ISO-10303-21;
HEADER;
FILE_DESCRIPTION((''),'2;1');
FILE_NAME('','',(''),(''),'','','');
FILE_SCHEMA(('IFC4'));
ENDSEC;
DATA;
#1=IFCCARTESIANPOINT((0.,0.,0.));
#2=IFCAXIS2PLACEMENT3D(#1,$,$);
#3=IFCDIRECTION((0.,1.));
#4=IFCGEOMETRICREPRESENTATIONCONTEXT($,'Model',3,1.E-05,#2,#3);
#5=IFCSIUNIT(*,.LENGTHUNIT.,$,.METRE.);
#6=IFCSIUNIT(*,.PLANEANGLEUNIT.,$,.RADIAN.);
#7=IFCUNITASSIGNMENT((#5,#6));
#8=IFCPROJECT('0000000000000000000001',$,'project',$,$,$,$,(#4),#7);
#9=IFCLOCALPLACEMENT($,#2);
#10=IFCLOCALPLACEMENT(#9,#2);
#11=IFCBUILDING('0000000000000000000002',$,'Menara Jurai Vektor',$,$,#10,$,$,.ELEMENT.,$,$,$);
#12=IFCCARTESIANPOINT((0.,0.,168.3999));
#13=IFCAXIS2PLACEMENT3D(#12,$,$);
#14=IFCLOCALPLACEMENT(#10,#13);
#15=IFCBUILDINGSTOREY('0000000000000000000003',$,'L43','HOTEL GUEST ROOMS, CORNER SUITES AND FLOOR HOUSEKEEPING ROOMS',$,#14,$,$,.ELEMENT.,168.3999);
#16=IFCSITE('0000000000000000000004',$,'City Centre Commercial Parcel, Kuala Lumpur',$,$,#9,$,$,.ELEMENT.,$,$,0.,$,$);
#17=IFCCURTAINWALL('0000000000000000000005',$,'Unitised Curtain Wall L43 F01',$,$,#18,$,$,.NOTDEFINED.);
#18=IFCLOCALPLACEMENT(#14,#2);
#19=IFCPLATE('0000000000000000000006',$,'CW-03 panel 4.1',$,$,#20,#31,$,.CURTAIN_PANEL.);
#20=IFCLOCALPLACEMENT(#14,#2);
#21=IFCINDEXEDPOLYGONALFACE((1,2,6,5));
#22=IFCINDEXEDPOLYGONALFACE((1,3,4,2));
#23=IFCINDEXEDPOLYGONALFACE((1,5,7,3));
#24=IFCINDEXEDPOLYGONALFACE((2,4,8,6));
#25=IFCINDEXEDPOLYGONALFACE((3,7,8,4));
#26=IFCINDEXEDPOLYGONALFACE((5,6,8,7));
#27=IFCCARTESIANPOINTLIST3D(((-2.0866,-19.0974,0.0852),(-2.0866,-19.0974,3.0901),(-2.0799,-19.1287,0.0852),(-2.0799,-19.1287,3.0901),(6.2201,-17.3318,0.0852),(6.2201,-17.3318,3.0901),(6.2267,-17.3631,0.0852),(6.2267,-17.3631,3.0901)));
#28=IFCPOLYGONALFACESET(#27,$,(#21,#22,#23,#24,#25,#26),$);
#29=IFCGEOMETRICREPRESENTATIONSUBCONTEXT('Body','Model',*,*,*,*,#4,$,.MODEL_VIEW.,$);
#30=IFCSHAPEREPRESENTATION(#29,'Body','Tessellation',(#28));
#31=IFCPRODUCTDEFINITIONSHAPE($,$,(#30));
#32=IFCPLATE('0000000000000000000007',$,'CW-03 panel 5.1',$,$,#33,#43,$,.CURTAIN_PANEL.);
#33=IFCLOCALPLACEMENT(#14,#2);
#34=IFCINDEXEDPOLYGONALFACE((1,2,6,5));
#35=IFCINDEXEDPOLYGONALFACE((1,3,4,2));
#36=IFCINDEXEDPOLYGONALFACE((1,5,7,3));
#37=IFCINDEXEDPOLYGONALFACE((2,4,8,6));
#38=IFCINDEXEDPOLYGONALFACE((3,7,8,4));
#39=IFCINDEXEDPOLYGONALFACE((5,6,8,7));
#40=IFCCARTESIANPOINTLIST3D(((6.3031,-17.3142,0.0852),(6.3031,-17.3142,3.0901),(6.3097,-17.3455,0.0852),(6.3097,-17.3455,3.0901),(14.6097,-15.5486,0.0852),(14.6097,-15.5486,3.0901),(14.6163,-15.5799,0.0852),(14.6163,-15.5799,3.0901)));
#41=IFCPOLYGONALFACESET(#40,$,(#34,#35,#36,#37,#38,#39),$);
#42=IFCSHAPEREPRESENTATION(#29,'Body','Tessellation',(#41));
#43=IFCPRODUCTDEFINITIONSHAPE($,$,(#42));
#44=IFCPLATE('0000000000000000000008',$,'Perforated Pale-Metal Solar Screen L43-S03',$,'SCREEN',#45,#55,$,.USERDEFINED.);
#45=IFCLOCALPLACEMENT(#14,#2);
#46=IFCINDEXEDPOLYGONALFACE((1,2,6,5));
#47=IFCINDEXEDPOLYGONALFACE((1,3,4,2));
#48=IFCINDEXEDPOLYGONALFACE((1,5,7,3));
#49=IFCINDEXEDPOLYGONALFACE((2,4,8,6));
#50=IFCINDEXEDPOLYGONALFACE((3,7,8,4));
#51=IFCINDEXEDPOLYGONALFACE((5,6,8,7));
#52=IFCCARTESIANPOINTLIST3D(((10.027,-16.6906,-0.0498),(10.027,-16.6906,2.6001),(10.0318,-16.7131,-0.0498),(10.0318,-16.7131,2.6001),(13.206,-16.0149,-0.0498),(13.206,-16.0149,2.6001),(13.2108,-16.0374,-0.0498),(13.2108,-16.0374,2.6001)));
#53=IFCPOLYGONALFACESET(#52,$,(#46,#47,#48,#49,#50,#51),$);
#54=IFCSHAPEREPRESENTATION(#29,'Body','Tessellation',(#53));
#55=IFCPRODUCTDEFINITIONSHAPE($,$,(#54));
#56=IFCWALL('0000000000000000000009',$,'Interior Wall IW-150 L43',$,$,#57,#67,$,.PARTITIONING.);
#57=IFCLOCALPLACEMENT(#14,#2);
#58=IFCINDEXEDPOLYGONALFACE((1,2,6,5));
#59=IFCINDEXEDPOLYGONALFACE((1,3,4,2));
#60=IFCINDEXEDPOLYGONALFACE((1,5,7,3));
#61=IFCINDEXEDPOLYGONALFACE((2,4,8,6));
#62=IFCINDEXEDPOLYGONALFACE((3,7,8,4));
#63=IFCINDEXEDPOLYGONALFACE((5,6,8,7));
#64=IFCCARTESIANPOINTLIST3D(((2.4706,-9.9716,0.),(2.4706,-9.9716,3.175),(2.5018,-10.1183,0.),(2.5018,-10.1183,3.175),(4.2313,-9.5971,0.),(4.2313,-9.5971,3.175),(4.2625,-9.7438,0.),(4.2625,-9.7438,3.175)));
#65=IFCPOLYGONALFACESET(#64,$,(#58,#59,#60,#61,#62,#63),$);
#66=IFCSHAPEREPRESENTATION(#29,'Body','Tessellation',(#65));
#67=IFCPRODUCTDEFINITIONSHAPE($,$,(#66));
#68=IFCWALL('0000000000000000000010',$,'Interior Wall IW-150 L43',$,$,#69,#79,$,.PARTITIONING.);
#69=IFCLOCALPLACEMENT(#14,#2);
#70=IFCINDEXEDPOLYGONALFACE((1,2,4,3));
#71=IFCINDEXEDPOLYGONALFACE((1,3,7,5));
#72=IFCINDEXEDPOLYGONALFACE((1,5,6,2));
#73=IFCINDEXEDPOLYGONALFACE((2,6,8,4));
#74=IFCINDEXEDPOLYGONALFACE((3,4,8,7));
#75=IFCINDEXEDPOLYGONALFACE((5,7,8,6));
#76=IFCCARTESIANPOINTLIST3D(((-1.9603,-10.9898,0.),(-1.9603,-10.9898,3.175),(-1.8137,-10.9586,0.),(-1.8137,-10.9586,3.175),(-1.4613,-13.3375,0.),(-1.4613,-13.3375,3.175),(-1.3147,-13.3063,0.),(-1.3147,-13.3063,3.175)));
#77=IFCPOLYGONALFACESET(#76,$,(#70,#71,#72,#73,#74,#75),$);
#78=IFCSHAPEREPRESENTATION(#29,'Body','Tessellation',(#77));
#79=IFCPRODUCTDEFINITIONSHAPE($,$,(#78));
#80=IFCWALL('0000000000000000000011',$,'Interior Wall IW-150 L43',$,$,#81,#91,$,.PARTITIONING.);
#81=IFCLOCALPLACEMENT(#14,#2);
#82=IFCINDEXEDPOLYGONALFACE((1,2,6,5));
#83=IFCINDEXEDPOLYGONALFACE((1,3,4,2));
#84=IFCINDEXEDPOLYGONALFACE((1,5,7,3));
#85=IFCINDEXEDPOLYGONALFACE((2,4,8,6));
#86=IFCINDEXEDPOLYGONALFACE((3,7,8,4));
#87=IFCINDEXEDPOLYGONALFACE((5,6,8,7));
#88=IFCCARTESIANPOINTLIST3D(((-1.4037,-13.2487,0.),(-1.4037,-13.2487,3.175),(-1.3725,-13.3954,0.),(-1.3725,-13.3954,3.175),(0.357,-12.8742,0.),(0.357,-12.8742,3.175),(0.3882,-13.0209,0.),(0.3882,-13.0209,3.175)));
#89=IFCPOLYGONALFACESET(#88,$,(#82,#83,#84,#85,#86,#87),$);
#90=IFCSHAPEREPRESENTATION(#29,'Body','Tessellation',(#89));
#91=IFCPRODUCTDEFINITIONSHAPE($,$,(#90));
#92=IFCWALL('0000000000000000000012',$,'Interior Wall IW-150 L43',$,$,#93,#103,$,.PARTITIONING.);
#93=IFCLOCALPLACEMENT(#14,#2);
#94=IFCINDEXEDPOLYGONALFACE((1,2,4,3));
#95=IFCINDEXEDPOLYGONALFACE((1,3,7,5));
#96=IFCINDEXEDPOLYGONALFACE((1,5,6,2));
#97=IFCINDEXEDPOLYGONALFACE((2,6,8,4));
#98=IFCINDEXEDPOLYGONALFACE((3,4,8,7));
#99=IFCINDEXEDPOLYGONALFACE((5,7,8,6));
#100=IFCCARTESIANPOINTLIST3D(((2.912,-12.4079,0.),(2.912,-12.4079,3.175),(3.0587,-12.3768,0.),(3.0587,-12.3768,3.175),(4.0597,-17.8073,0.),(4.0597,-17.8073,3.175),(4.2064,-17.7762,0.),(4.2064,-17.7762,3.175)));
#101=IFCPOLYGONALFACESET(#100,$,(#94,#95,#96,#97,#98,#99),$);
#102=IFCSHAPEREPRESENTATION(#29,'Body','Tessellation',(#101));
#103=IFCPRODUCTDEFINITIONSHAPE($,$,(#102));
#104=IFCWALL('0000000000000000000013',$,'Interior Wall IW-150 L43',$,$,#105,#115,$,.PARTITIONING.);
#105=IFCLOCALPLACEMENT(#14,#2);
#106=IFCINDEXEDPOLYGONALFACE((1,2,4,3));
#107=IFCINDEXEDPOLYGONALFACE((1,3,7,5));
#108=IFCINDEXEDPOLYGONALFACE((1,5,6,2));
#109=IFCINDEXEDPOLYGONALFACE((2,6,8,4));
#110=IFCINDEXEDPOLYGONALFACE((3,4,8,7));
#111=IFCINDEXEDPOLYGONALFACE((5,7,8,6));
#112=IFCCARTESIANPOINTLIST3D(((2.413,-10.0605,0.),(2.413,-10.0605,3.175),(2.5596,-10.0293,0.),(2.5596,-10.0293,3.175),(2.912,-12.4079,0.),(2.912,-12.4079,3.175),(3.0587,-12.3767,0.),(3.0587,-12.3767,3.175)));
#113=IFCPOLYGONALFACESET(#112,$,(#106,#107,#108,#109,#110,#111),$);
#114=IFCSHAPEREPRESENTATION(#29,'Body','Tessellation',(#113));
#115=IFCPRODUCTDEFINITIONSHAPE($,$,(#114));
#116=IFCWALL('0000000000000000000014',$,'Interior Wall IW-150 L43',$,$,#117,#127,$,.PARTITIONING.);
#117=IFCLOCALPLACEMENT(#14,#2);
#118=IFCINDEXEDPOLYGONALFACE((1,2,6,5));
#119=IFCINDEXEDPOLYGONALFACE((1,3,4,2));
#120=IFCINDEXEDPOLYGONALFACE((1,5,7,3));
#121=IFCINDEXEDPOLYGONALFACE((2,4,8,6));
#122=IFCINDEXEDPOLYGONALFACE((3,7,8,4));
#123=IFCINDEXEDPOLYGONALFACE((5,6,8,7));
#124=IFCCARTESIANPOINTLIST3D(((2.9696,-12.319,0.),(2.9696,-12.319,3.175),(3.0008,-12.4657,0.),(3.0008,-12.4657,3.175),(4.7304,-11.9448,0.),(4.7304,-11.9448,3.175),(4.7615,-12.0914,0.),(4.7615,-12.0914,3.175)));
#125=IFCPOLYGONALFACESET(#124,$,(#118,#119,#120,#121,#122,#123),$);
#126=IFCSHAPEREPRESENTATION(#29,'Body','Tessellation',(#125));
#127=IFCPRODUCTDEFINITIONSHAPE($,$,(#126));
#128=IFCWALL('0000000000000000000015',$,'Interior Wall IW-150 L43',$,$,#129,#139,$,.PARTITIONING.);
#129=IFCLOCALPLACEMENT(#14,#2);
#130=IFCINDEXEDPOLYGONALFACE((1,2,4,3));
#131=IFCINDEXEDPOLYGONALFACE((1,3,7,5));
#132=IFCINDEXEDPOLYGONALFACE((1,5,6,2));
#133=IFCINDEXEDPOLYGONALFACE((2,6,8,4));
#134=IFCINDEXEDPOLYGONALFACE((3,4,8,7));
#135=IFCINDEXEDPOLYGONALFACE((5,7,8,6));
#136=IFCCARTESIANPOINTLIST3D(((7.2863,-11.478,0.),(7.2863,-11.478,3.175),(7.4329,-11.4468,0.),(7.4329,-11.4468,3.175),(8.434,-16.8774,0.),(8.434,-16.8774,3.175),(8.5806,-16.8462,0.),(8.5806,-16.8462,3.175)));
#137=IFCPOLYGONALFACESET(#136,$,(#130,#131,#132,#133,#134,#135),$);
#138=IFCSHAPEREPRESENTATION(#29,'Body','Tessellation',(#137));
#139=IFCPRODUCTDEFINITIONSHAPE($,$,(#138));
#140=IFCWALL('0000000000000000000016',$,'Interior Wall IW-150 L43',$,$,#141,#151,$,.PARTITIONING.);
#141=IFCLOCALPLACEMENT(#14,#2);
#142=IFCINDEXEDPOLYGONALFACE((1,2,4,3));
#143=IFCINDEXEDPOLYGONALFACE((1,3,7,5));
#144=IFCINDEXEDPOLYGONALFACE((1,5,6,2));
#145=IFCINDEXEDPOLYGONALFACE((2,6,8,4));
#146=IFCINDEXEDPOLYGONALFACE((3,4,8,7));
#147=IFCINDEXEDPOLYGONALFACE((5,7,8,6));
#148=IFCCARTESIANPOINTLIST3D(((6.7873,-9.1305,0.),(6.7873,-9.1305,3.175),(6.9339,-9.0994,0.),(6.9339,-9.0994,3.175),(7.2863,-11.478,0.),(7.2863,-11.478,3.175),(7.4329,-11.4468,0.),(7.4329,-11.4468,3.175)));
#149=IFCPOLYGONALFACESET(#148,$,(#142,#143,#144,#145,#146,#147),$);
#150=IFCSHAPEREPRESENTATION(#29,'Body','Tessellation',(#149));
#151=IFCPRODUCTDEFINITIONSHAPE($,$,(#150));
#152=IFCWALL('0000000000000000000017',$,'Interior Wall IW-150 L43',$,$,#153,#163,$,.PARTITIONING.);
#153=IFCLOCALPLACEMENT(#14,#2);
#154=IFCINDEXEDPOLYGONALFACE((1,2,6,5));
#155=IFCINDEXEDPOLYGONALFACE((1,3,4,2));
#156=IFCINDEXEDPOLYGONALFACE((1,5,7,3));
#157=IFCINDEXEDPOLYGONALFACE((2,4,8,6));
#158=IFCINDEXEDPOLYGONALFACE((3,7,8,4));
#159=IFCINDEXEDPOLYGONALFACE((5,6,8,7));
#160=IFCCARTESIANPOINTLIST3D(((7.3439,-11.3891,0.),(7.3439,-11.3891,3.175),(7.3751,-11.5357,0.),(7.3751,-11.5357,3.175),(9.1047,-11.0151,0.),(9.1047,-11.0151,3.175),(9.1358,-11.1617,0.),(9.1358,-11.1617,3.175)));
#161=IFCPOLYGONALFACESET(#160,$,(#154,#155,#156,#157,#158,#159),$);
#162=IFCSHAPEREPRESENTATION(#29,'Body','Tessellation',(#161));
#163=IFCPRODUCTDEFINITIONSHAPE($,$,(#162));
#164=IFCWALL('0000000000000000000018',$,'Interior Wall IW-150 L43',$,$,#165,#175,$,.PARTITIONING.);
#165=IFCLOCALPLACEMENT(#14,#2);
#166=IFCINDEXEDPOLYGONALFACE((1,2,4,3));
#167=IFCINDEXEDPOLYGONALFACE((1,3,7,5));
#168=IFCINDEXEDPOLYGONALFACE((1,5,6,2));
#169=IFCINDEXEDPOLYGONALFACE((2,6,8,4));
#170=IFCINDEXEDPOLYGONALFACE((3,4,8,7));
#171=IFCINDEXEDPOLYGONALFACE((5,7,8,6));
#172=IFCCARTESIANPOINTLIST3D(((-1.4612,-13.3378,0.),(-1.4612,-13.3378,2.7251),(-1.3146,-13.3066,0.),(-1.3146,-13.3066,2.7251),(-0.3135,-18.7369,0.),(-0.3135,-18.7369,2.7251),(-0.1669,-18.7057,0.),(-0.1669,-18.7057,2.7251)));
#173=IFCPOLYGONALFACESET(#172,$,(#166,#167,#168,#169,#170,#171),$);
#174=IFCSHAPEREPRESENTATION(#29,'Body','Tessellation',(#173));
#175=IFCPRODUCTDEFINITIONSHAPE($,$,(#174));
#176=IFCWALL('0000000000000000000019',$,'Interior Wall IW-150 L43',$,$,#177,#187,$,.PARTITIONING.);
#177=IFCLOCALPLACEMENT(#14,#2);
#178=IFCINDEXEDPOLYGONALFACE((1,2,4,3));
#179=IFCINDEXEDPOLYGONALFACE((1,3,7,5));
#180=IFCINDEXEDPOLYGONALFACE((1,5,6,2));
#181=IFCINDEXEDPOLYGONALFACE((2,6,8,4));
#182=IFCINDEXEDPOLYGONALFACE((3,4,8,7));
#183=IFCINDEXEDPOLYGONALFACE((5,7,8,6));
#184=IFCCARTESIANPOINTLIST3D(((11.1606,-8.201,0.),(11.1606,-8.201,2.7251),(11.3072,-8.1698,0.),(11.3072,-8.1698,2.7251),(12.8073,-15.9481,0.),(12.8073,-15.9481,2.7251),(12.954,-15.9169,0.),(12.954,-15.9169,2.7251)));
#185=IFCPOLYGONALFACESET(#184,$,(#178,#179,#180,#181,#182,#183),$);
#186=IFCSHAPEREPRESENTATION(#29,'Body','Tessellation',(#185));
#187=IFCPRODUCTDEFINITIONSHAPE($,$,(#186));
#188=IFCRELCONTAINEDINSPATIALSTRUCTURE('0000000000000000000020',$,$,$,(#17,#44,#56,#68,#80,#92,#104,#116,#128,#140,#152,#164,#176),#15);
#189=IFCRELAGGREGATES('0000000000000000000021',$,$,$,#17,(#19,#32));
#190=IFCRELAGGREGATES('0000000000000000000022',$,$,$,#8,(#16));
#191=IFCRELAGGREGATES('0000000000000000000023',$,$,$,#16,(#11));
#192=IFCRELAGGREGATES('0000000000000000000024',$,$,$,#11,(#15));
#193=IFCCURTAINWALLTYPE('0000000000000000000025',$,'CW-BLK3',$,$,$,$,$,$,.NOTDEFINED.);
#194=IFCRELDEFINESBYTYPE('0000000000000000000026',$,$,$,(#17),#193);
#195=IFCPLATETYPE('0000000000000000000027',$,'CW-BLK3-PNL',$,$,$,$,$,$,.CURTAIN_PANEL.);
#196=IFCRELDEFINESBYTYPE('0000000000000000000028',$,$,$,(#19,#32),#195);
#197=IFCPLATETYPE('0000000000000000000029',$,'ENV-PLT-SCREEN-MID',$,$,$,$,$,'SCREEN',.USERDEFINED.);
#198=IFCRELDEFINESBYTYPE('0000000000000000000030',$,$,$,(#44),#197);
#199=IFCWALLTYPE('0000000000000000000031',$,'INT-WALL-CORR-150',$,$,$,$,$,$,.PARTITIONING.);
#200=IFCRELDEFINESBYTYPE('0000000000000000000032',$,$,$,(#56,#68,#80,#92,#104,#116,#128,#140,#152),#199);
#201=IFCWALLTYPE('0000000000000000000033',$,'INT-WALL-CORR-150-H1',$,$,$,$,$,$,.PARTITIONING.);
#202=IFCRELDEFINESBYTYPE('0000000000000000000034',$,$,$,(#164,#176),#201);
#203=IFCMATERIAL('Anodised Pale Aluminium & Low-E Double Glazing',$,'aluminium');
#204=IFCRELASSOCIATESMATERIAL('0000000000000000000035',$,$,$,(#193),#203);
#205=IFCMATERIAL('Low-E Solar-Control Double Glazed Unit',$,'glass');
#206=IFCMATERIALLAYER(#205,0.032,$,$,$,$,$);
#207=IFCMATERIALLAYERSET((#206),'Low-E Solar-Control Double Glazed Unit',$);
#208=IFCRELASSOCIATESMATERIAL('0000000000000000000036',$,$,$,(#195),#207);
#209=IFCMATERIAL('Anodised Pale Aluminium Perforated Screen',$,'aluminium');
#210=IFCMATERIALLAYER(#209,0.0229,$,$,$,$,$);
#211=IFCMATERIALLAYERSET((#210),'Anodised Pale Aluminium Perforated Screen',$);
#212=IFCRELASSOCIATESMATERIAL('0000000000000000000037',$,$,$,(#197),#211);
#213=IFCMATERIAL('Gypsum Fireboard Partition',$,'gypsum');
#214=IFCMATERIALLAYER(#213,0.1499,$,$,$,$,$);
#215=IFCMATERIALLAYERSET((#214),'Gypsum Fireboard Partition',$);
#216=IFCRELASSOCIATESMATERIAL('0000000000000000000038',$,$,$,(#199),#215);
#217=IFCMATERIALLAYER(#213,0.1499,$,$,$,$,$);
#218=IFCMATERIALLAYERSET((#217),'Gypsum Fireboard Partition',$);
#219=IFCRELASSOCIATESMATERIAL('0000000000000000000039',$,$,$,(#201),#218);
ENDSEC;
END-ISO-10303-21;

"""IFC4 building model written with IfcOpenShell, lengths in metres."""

from ifc_helpers import new_model, si_unit, direction, frame, frame_2d, origin, origin_2d, place, context, subcontext, project, spatial, rectangle, extrude, material, layer, layer_set, type_object, element, aggregate, save


model = new_model("IFC4")

# Units and contexts
model_context = context("Model", 3, precision=1e-05, world=origin(), true_north=direction((0.0, 1.0)))
body_context = subcontext(model_context, "Body", "Model", "MODEL_VIEW")
ifc_project = project(units=[si_unit("LENGTHUNIT", "METRE"), si_unit("PLANEANGLEUNIT", "RADIAN")], contexts=[model_context])

# Site, building, storey
site_placement = place(None, origin())
site = spatial("IfcSite", under=ifc_project, at=site_placement, Name="City Centre Commercial Parcel, Kuala Lumpur", CompositionType="ELEMENT", RefElevation=0.0)
building_placement = place(site_placement, origin())
building = spatial("IfcBuilding", under=site, at=building_placement, Name="Menara Jurai Vektor", CompositionType="ELEMENT")
storey_placement = place(building_placement, frame((0.0, 0.0, 168.3999)))
storey = spatial("IfcBuildingStorey", under=building, at=storey_placement, Name="L43", Description="HOTEL GUEST ROOMS, CORNER SUITES AND FLOOR HOUSEKEEPING ROOMS", CompositionType="ELEMENT", Elevation=168.3999)

# Curtain wall
ifc_material_1 = material(Name="Anodised Pale Aluminium & Low-E Double Glazing", Category="aluminium")
curtain_wall_type = type_object("IfcCurtainWallType", Name="CW-BLK3", PredefinedType="NOTDEFINED", material=ifc_material_1)
curtain_wall_placement = place(storey_placement, origin())
curtain_wall = element("IfcCurtainWall", 1, at=curtain_wall_placement, inside=storey, type_object=curtain_wall_type, Name="Unitised Curtain Wall L43 F01", PredefinedType="NOTDEFINED")

# Plates
ifc_material_2 = material(Name="Low-E Solar-Control Double Glazed Unit", Category="glass")
ifc_layer_1 = layer(ifc_material_2, 0.032)
ifc_layer_set_1 = layer_set([ifc_layer_1], Name="Low-E Solar-Control Double Glazed Unit")
plate_type_1 = type_object("IfcPlateType", Name="CW-BLK3-PNL", PredefinedType="CURTAIN_PANEL", material=ifc_layer_set_1)
plate_1_placement = place(storey_placement, frame((2.0701, -18.2302, 0.0852), z_axis=(0.0, 0.0, 1.0), x_axis=(0.978148, 0.207911, 0.0)))
plate_1 = element("IfcPlate", 2, at=plate_1_placement, type_object=plate_type_1, Name="CW-03 panel 4.1", PredefinedType="CURTAIN_PANEL", context=body_context, shape_type="SweptSolid", body=[
    extrude(rectangle(XDim=8.4922, YDim=0.032, at=origin_2d()), origin(), (0.0, 0.0, 1.0), 3.0049),
])
plate_2_placement = place(storey_placement, frame((10.4597, -16.447, 0.0852), z_axis=(0.0, 0.0, 1.0), x_axis=(0.978148, 0.207911, 0.0)))
plate_2 = element("IfcPlate", 3, at=plate_2_placement, type_object=plate_type_1, Name="CW-03 panel 5.1", PredefinedType="CURTAIN_PANEL", context=body_context, shape_type="SweptSolid", body=[
    extrude(rectangle(XDim=8.4922, YDim=0.032, at=origin_2d()), origin(), (0.0, 0.0, 1.0), 3.0049),
])
aggregate(curtain_wall, [plate_1, plate_2])
ifc_material_3 = material(Name="Anodised Pale Aluminium Perforated Screen", Category="aluminium")
ifc_layer_2 = layer(ifc_material_3, 0.0229)
ifc_layer_set_2 = layer_set([ifc_layer_2], Name="Anodised Pale Aluminium Perforated Screen")
plate_type_2 = type_object("IfcPlateType", Name="ENV-PLT-SCREEN-MID", ElementType="SCREEN", PredefinedType="USERDEFINED", material=ifc_layer_set_2)
plate_3_placement = place(storey_placement, frame((11.6189, -16.364, -0.0498), z_axis=(0.0, 0.0, 1.0), x_axis=(0.978148, 0.207912, 0.0)))
element("IfcPlate", 4, at=plate_3_placement, inside=storey, type_object=plate_type_2, Name="Perforated Pale-Metal Solar Screen L43-S03", ObjectType="SCREEN", PredefinedType="USERDEFINED", context=body_context, shape_type="SweptSolid", body=[
    extrude(rectangle(XDim=3.25, YDim=0.0229, at=origin_2d()), origin(), (0.0, 0.0, 1.0), 2.6499),
])

# Shared definitions
ifc_material_4 = material(Name="Gypsum Fireboard Partition", Category="gypsum")
ifc_layer_3 = layer(ifc_material_4, 0.1499)
ifc_layer_set_3 = layer_set([ifc_layer_3], Name="Gypsum Fireboard Partition")
wall_type_1 = type_object("IfcWallType", Name="INT-WALL-CORR-150", PredefinedType="PARTITIONING", material=ifc_layer_set_3)

# Walls
wall_1_placement = place(storey_placement, frame((2.4863, -10.0449, 0.0), z_axis=(0.0, 0.0, 1.0), x_axis=(0.978119, 0.208047, 0.0)))
element("IfcWall", 5, at=wall_1_placement, inside=storey, type_object=wall_type_1, Name="Interior Wall IW-150 L43", PredefinedType="PARTITIONING", context=body_context, shape_type="SweptSolid", body=[
    extrude(rectangle(XDim=1.8, YDim=0.1499, at=frame_2d((0.8999, 0.0))), origin(), (0.0, 0.0, 1.0), 3.175),
])
wall_2_placement = place(storey_placement, frame((-1.3879, -13.322, 0.0), z_axis=(0.0, 0.0, 1.0), x_axis=(-0.207917, 0.978146, 0.0)))
element("IfcWall", 6, at=wall_2_placement, inside=storey, type_object=wall_type_1, Name="Interior Wall IW-150 L43", PredefinedType="PARTITIONING", context=body_context, shape_type="SweptSolid", body=[
    extrude(rectangle(XDim=2.4001, YDim=0.1499, at=frame_2d((1.2002, 0.0))), origin(), (0.0, 0.0, 1.0), 3.175),
])
wall_3_placement = place(storey_placement, frame((-1.3879, -13.322, 0.0), z_axis=(0.0, 0.0, 1.0), x_axis=(0.978119, 0.208047, 0.0)))
element("IfcWall", 7, at=wall_3_placement, inside=storey, type_object=wall_type_1, Name="Interior Wall IW-150 L43", PredefinedType="PARTITIONING", context=body_context, shape_type="SweptSolid", body=[
    extrude(rectangle(XDim=1.8, YDim=0.1499, at=frame_2d((0.8999, 0.0))), origin(), (0.0, 0.0, 1.0), 3.175),
])

# Walls
wall_4_placement = place(storey_placement, frame((4.1331, -17.7917, 0.0), z_axis=(0.0, 0.0, 1.0), x_axis=(-0.207916, 0.978147, 0.0)))
element("IfcWall", 8, at=wall_4_placement, inside=storey, type_object=wall_type_1, Name="Interior Wall IW-150 L43", PredefinedType="PARTITIONING", context=body_context, shape_type="SweptSolid", body=[
    extrude(rectangle(XDim=5.52, YDim=0.1499, at=frame_2d((2.76, 0.0))), origin(), (0.0, 0.0, 1.0), 3.175),
])
wall_5_placement = place(storey_placement, frame((2.9854, -12.3923, 0.0), z_axis=(0.0, 0.0, 1.0), x_axis=(-0.207938, 0.978142, 0.0)))
element("IfcWall", 9, at=wall_5_placement, inside=storey, type_object=wall_type_1, Name="Interior Wall IW-150 L43", PredefinedType="PARTITIONING", context=body_context, shape_type="SweptSolid", body=[
    extrude(rectangle(XDim=2.3999, YDim=0.1499, at=frame_2d((1.2, 0.0))), origin(), (0.0, 0.0, 1.0), 3.175),
])
wall_6_placement = place(storey_placement, frame((2.9854, -12.3923, 0.0), z_axis=(0.0, 0.0, 1.0), x_axis=(0.978146, 0.207917, 0.0)))
element("IfcWall", 10, at=wall_6_placement, inside=storey, type_object=wall_type_1, Name="Interior Wall IW-150 L43", PredefinedType="PARTITIONING", context=body_context, shape_type="SweptSolid", body=[
    extrude(rectangle(XDim=1.8, YDim=0.1499, at=frame_2d((0.8999, 0.0))), origin(), (0.0, 0.0, 1.0), 3.175),
])

# Walls
wall_7_placement = place(storey_placement, frame((8.5073, -16.8618, 0.0), z_axis=(0.0, 0.0, 1.0), x_axis=(-0.207916, 0.978147, 0.0)))
element("IfcWall", 11, at=wall_7_placement, inside=storey, type_object=wall_type_1, Name="Interior Wall IW-150 L43", PredefinedType="PARTITIONING", context=body_context, shape_type="SweptSolid", body=[
    extrude(rectangle(XDim=5.52, YDim=0.1499, at=frame_2d((2.76, 0.0))), origin(), (0.0, 0.0, 1.0), 3.175),
])
wall_8_placement = place(storey_placement, frame((7.3596, -11.4624, 0.0), z_axis=(0.0, 0.0, 1.0), x_axis=(-0.207938, 0.978142, 0.0)))
element("IfcWall", 12, at=wall_8_placement, inside=storey, type_object=wall_type_1, Name="Interior Wall IW-150 L43", PredefinedType="PARTITIONING", context=body_context, shape_type="SweptSolid", body=[
    extrude(rectangle(XDim=2.3999, YDim=0.1499, at=frame_2d((1.2, 0.0))), origin(), (0.0, 0.0, 1.0), 3.175),
])
wall_9_placement = place(storey_placement, frame((7.3596, -11.4624, 0.0), z_axis=(0.0, 0.0, 1.0), x_axis=(0.978174, 0.207787, 0.0)))
element("IfcWall", 13, at=wall_9_placement, inside=storey, type_object=wall_type_1, Name="Interior Wall IW-150 L43", PredefinedType="PARTITIONING", context=body_context, shape_type="SweptSolid", body=[
    extrude(rectangle(XDim=1.8, YDim=0.1499, at=frame_2d((0.8999, 0.0))), origin(), (0.0, 0.0, 1.0), 3.175),
])

# Walls
ifc_layer_4 = layer(ifc_material_4, 0.1499)
ifc_layer_set_4 = layer_set([ifc_layer_4], Name="Gypsum Fireboard Partition")
wall_type_2 = type_object("IfcWallType", Name="INT-WALL-CORR-150-H1", PredefinedType="PARTITIONING", material=ifc_layer_set_4)
wall_10_placement = place(storey_placement, frame((-0.2402, -18.7212, 0.0), z_axis=(0.0, 0.0, 1.0), x_axis=(-0.207925, 0.978145, 0.0)))
element("IfcWall", 14, at=wall_10_placement, inside=storey, type_object=wall_type_2, Name="Interior Wall IW-150 L43", PredefinedType="PARTITIONING", context=body_context, shape_type="SweptSolid", body=[
    extrude(rectangle(XDim=5.5198, YDim=0.1499, at=frame_2d((2.7598, 0.0))), origin(), (0.0, 0.0, 1.0), 2.7251),
])
wall_11_placement = place(storey_placement, frame((12.8806, -15.9324, 0.0), z_axis=(0.0, 0.0, 1.0), x_axis=(-0.207916, 0.978147, 0.0)))
element("IfcWall", 15, at=wall_11_placement, inside=storey, type_object=wall_type_2, Name="Interior Wall IW-150 L43", PredefinedType="PARTITIONING", context=body_context, shape_type="SweptSolid", body=[
    extrude(rectangle(XDim=7.9202, YDim=0.1499, at=frame_2d((3.96, 0.0))), origin(), (0.0, 0.0, 1.0), 2.7251),
])

save(model, "model.ifc")
